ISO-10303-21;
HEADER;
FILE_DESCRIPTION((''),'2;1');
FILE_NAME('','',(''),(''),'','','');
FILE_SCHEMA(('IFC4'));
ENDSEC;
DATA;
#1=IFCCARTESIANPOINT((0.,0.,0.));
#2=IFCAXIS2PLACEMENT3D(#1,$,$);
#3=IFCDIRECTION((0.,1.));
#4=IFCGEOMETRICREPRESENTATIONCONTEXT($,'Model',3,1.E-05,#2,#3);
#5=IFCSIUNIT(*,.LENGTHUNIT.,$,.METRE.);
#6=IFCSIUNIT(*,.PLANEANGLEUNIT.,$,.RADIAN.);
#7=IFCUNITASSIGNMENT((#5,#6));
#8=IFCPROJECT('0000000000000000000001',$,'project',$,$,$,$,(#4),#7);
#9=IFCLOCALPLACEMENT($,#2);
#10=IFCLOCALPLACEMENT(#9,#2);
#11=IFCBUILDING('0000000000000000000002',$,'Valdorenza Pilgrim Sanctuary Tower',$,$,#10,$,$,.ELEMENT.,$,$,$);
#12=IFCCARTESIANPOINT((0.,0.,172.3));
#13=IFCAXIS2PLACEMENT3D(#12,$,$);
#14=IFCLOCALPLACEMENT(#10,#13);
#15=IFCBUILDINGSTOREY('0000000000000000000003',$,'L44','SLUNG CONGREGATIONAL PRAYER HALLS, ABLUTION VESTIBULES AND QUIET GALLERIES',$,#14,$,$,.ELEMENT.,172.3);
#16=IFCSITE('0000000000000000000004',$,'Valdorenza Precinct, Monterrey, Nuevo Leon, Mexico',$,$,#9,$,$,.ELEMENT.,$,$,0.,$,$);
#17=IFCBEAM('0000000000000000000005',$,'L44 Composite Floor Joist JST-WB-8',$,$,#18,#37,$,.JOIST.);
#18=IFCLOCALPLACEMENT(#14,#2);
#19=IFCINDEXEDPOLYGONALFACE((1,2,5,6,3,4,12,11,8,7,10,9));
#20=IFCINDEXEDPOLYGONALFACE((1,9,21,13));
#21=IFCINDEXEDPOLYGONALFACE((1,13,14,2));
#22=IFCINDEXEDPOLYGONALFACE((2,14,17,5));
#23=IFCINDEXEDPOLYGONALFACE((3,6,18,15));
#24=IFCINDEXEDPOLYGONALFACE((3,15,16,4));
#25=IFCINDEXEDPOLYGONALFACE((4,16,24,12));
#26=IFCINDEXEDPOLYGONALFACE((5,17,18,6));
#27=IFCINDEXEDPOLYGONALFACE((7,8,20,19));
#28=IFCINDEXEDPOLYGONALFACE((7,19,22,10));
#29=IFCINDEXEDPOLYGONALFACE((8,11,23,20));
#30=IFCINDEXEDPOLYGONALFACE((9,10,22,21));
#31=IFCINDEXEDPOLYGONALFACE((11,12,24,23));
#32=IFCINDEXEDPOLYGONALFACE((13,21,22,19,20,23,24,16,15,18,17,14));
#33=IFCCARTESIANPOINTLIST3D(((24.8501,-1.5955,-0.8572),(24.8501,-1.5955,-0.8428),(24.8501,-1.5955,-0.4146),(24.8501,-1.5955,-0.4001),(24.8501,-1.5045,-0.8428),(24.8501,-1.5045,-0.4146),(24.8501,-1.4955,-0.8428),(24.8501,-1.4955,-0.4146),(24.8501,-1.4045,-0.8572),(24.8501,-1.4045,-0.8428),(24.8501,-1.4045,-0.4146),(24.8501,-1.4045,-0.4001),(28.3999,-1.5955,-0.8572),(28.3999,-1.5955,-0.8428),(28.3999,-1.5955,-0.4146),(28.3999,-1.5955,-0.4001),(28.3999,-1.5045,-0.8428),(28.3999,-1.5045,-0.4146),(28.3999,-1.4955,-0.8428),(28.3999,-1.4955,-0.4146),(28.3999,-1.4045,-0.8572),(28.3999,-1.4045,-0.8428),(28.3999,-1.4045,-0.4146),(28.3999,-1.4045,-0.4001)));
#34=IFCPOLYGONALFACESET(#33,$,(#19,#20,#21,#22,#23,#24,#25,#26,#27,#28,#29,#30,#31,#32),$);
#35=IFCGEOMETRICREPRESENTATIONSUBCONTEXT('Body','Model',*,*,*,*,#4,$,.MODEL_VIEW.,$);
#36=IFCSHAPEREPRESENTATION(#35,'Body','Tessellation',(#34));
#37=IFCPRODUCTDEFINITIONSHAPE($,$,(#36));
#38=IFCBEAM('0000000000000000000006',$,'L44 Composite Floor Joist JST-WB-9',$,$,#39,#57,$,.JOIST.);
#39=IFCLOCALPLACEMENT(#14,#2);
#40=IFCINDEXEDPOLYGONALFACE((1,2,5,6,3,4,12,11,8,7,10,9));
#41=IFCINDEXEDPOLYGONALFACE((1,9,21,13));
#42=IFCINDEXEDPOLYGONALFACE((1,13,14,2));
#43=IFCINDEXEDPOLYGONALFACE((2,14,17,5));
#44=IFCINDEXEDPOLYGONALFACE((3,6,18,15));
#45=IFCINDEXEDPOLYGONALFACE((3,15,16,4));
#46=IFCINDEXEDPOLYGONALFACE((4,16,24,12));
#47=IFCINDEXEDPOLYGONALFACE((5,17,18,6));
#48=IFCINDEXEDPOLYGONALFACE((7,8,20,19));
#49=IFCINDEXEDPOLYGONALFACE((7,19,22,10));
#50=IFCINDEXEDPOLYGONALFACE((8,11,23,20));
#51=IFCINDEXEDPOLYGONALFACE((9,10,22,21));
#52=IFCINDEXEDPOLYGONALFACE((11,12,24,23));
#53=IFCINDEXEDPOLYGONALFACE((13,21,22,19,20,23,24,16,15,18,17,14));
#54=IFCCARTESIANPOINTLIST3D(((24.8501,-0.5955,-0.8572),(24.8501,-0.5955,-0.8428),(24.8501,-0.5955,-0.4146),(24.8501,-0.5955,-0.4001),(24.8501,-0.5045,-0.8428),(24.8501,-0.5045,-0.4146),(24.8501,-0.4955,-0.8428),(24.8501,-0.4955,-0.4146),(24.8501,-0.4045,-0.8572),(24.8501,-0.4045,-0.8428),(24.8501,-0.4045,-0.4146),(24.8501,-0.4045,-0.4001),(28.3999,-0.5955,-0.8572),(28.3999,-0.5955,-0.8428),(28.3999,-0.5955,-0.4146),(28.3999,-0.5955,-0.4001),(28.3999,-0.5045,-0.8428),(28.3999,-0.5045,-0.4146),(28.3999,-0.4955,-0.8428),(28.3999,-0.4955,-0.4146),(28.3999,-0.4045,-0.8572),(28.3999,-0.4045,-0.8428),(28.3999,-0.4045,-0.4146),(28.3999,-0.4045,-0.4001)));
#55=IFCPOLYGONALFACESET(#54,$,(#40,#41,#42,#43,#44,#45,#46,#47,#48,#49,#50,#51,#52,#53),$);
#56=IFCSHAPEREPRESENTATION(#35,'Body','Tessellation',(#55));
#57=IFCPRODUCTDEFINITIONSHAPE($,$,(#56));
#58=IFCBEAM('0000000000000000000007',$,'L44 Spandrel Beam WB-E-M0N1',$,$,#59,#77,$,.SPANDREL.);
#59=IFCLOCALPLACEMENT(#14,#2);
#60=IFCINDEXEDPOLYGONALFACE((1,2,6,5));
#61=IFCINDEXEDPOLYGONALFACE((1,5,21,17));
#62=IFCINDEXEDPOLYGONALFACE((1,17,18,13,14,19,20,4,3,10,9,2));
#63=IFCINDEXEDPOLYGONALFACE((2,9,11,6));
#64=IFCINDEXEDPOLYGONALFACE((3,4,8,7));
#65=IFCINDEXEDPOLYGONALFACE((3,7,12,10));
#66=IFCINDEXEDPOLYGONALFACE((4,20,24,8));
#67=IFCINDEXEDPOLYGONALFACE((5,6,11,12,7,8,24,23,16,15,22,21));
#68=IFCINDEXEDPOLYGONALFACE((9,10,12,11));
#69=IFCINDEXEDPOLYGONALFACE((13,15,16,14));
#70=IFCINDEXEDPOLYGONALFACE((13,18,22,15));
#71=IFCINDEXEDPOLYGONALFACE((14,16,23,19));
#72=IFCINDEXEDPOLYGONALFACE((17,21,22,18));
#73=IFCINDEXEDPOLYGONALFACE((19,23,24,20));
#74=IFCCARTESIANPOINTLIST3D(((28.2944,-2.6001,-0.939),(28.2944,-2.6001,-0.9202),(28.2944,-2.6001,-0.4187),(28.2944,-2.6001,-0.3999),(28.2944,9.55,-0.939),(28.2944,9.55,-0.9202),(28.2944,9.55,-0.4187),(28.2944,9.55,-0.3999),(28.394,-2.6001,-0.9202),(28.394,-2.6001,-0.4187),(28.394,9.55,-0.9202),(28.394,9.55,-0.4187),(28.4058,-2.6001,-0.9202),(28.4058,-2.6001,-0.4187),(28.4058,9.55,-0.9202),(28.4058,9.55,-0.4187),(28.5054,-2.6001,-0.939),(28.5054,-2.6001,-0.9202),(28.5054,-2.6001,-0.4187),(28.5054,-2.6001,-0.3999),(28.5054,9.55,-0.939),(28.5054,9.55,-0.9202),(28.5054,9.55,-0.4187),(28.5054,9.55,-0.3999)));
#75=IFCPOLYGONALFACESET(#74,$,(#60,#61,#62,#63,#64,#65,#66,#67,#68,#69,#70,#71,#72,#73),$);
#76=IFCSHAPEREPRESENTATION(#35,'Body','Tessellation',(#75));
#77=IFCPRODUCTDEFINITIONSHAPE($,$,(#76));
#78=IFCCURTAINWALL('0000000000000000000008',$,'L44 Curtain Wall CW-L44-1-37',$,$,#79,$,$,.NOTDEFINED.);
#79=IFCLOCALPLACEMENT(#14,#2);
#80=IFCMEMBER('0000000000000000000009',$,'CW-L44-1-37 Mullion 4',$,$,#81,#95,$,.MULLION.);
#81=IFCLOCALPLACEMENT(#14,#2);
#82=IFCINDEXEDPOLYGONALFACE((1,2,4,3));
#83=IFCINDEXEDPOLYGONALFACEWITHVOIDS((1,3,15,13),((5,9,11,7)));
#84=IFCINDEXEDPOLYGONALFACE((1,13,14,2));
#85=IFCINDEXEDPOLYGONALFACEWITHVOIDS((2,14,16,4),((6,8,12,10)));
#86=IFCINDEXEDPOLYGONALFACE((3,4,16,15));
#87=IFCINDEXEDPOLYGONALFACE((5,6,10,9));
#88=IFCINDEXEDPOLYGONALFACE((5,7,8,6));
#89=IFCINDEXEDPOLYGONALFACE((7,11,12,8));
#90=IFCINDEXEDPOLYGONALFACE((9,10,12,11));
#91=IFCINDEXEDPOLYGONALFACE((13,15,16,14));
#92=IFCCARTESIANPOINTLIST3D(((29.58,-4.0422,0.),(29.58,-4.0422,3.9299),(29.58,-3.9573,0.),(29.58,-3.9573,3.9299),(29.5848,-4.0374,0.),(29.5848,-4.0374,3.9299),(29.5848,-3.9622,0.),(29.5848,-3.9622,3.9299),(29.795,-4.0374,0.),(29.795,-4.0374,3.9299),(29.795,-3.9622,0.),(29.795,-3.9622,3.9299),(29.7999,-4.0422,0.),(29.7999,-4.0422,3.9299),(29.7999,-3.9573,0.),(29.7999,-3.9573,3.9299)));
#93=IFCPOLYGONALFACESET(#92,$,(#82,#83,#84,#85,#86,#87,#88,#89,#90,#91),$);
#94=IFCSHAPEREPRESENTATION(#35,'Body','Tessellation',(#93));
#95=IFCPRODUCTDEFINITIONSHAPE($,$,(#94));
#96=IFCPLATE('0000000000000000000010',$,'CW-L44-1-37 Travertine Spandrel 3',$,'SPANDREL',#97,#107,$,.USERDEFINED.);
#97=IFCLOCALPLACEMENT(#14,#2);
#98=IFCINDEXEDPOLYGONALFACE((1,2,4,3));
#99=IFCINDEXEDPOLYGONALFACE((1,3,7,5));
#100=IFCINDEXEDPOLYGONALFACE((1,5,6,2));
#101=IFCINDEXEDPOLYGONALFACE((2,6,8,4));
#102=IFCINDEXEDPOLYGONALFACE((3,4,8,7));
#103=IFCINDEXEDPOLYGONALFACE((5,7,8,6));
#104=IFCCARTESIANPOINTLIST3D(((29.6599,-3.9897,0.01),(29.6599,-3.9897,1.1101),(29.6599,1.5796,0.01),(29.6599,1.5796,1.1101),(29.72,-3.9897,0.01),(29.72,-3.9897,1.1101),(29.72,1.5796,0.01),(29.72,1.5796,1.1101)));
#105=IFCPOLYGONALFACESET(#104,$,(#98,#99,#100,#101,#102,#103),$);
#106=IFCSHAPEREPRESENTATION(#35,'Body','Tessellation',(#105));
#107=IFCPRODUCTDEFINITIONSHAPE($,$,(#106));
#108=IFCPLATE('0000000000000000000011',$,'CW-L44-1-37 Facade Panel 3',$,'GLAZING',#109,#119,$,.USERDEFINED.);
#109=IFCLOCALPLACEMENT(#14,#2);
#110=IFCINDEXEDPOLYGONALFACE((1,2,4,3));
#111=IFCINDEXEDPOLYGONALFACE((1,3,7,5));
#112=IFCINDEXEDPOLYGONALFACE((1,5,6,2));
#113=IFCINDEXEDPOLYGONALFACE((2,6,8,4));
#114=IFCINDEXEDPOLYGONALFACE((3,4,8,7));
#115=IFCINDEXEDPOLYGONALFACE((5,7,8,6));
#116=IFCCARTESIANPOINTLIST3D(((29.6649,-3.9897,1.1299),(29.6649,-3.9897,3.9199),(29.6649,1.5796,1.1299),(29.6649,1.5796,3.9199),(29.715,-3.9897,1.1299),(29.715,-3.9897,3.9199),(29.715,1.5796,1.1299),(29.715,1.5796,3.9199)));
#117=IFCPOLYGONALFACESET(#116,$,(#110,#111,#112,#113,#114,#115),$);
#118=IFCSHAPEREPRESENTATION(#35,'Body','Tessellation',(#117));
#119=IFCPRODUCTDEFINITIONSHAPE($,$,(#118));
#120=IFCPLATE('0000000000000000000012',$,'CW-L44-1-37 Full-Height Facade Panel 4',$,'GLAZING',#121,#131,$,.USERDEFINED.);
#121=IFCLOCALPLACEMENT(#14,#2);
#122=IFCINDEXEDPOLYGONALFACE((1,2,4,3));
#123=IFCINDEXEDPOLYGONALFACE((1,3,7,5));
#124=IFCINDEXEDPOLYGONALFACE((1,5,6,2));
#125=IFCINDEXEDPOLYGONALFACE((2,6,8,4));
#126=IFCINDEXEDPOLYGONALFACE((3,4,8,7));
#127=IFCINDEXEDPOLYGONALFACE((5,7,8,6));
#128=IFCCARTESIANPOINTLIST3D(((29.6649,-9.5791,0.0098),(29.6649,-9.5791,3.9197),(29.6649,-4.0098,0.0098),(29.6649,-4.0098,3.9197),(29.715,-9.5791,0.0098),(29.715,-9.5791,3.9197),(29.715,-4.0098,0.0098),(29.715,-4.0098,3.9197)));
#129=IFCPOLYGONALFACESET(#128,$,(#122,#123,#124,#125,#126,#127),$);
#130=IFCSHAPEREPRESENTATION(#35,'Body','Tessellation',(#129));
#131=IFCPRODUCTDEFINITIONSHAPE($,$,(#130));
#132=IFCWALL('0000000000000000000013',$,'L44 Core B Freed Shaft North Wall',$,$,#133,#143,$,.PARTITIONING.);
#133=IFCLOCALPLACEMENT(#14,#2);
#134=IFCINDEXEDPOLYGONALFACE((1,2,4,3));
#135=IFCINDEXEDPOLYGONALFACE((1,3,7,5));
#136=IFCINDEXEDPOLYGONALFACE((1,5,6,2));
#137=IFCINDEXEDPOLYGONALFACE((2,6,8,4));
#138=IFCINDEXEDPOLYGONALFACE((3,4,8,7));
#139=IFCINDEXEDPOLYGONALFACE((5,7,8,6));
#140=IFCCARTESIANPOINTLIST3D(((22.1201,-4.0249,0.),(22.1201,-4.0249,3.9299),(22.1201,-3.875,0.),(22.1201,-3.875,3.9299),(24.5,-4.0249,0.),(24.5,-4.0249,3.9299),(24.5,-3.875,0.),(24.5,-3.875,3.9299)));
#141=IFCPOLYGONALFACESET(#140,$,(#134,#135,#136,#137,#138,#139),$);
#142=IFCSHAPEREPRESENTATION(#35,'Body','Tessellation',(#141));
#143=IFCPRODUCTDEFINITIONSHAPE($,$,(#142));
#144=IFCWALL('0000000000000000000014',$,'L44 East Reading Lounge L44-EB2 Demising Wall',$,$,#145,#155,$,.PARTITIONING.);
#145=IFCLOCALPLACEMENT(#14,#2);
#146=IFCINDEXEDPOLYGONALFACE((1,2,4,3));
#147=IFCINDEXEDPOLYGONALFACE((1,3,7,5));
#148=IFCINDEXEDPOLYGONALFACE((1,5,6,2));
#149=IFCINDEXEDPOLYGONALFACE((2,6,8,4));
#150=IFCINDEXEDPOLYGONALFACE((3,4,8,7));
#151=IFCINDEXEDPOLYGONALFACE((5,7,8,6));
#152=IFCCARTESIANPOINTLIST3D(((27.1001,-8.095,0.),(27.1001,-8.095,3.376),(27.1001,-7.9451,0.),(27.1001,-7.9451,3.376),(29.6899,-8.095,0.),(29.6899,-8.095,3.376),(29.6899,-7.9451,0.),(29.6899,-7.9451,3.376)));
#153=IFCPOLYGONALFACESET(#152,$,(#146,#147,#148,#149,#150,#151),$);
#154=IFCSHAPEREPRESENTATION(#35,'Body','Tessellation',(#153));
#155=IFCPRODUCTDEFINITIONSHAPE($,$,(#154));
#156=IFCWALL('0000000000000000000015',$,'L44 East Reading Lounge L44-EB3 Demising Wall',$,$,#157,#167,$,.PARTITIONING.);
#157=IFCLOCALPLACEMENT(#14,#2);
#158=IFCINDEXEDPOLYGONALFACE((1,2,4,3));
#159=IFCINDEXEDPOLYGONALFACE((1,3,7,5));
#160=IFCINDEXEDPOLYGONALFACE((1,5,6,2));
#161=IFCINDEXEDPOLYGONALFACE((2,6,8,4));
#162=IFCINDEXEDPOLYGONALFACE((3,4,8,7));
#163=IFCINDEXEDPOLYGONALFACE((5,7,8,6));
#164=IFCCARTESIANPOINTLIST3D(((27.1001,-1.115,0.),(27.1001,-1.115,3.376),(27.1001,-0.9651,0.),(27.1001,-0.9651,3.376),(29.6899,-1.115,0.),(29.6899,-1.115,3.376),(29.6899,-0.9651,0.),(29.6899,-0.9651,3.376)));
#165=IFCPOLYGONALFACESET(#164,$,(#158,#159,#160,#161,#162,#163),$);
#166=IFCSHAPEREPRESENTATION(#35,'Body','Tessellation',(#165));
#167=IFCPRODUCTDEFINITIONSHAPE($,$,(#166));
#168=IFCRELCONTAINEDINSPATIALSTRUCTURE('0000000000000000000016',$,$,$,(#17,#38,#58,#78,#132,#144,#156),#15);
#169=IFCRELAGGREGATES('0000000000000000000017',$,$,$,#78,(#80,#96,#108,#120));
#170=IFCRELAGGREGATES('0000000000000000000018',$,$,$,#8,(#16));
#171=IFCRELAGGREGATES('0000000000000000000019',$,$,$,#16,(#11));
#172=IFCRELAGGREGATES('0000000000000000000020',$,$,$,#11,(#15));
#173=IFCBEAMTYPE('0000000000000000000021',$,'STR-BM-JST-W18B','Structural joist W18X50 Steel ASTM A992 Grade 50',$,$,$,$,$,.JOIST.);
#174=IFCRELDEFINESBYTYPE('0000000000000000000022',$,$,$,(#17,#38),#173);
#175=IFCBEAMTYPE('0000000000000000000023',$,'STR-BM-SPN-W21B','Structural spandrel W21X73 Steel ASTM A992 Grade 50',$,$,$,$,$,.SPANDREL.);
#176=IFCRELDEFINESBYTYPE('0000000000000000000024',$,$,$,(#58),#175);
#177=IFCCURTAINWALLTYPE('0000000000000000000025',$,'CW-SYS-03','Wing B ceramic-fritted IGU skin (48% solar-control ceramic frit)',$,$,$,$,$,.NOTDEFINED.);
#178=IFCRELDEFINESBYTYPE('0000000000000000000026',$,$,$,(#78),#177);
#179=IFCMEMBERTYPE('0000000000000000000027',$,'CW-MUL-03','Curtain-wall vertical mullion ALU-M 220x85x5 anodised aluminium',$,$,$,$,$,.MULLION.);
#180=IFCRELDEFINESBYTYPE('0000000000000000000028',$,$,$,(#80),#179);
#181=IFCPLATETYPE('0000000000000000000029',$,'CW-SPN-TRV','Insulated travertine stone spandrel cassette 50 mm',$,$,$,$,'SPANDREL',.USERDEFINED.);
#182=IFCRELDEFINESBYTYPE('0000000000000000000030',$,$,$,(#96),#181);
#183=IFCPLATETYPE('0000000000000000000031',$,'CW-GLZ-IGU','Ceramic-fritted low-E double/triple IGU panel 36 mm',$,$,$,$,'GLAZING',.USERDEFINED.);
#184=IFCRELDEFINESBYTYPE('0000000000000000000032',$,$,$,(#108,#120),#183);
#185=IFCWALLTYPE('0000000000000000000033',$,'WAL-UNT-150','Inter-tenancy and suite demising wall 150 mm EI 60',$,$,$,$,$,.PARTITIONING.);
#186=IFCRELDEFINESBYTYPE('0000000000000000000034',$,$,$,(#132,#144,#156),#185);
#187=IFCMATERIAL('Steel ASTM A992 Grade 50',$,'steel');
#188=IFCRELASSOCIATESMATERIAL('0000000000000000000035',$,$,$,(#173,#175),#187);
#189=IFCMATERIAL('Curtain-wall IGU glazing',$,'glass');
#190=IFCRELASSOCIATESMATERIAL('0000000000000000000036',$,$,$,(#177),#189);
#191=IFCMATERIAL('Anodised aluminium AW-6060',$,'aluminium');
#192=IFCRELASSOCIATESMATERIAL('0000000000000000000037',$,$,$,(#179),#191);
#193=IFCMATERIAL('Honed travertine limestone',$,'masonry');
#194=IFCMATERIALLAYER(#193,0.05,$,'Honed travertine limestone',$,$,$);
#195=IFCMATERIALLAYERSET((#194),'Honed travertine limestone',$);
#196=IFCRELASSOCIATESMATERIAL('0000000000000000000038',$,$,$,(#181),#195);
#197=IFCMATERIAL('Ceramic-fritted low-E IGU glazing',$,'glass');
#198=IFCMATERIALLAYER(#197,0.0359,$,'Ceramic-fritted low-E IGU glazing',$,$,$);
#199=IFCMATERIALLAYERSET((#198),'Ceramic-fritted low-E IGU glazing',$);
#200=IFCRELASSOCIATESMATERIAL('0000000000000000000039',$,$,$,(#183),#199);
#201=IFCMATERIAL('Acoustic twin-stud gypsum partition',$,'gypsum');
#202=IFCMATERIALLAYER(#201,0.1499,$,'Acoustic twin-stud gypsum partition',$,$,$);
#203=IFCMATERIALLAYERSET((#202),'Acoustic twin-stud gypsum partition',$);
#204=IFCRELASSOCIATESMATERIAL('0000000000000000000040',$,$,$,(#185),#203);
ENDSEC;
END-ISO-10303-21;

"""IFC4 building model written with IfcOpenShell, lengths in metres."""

from ifc_helpers import new_model, si_unit, direction, frame, frame_2d, origin, origin_2d, place, context, subcontext, project, spatial, rectangle, hollow_rectangle, i_section, extrude, source, transform, mapped, material, layer, layer_set, material_profile, profile_set, type_object, element, aggregate, save


model = new_model("IFC4")

# Units and contexts
model_context = context("Model", 3, precision=1e-05, world=origin(), true_north=direction((0.0, 1.0)))
body_context = subcontext(model_context, "Body", "Model", "MODEL_VIEW")
ifc_project = project(units=[si_unit("LENGTHUNIT", "METRE"), si_unit("PLANEANGLEUNIT", "RADIAN")], contexts=[model_context])

# Site, building, storey
site_placement = place(None, origin())
site = spatial("IfcSite", under=ifc_project, at=site_placement, Name="Valdorenza Precinct, Monterrey, Nuevo Leon, Mexico", CompositionType="ELEMENT", RefElevation=0.0)
building_placement = place(site_placement, origin())
building = spatial("IfcBuilding", under=site, at=building_placement, Name="Valdorenza Pilgrim Sanctuary Tower", CompositionType="ELEMENT")
storey_placement = place(building_placement, frame((0.0, 0.0, 172.3)))
storey = spatial("IfcBuildingStorey", under=building, at=storey_placement, Name="L44", Description="SLUNG CONGREGATIONAL PRAYER HALLS, ABLUTION VESTIBULES AND QUIET GALLERIES", CompositionType="ELEMENT", Elevation=172.3)

# Shared definitions
ifc_material_1 = material(Name="Steel ASTM A992 Grade 50", Category="steel")

# Beams
ifc_material_profile_1 = material_profile(ifc_material_1, i_section(OverallWidth=0.1909, OverallDepth=0.457, WebThickness=0.009, FlangeThickness=0.0144, at=origin_2d()), Name="W18X50")
ifc_profile_set_1 = profile_set([ifc_material_profile_1], Name="Steel ASTM A992 Grade 50")
beam_type_1 = type_object("IfcBeamType", Name="STR-BM-JST-W18B", Description="Structural joist W18X50 Steel ASTM A992 Grade 50", PredefinedType="JOIST", material=ifc_profile_set_1)
shared_shape_1 = source(origin(), body_context, "Body", "SweptSolid", [
    extrude(i_section(OverallWidth=0.1909, OverallDepth=0.457, WebThickness=0.009, FlangeThickness=0.0144, at=origin_2d()), origin(), (0.0, 0.0, 1.0), 3.5498),
])
for number, where, z_axis, x_axis, name in (
    (1, (24.8501, -1.5, -0.6287), (1.0, 0.0, 0.0), (0.0, 1.0, 0.0), "L44 Composite Floor Joist JST-WB-8"),
    (2, (24.8501, -0.5, -0.6287), (1.0, 0.0, 0.0), (0.0, 1.0, 0.0), "L44 Composite Floor Joist JST-WB-9"),
):
    element("IfcBeam", number, at=place(storey_placement, frame(where, z_axis=z_axis, x_axis=x_axis)), inside=storey, type_object=beam_type_1, Name=name, PredefinedType="JOIST", context=body_context, shape_type="MappedRepresentation", body=[
        mapped(shared_shape_1, transform((0.0, 0.0, 0.0), x_axis=(1.0, 0.0, 0.0), y_axis=(0.0, 1.0, 0.0), z_axis=(0.0, 0.0, 1.0), scale=1.0)),
    ])
ifc_material_profile_2 = material_profile(ifc_material_1, i_section(OverallWidth=0.2109, OverallDepth=0.5391, WebThickness=0.0117, FlangeThickness=0.0188, at=origin_2d()), Name="W21X73")
ifc_profile_set_2 = profile_set([ifc_material_profile_2], Name="Steel ASTM A992 Grade 50")
beam_type_2 = type_object("IfcBeamType", Name="STR-BM-SPN-W21B", Description="Structural spandrel W21X73 Steel ASTM A992 Grade 50", PredefinedType="SPANDREL", material=ifc_profile_set_2)
shared_shape_2 = source(origin(), body_context, "Body", "SweptSolid", [
    extrude(i_section(OverallWidth=0.2109, OverallDepth=0.5391, WebThickness=0.0117, FlangeThickness=0.0188, at=origin_2d()), origin(), (0.0, 0.0, 1.0), 12.1501),
])
beam_1_placement = place(storey_placement, frame((28.3999, -2.6001, -0.6694), z_axis=(0.0, 1.0, 0.0), x_axis=(-1.0, 0.0, 0.0)))
element("IfcBeam", 3, at=beam_1_placement, inside=storey, type_object=beam_type_2, Name="L44 Spandrel Beam WB-E-M0N1", PredefinedType="SPANDREL", context=body_context, shape_type="MappedRepresentation", body=[
    mapped(shared_shape_2, transform((0.0, 0.0, 0.0), x_axis=(1.0, 0.0, 0.0), y_axis=(0.0, 1.0, 0.0), z_axis=(0.0, 0.0, 1.0), scale=1.0)),
])

# Curtain wall, member, plates
ifc_material_2 = material(Name="Curtain-wall IGU glazing", Category="glass")
curtain_wall_type = type_object("IfcCurtainWallType", Name="CW-SYS-03", Description="Wing B ceramic-fritted IGU skin (48% solar-control ceramic frit)", PredefinedType="NOTDEFINED", material=ifc_material_2)
curtain_wall_placement = place(storey_placement, origin())
curtain_wall = element("IfcCurtainWall", 4, at=curtain_wall_placement, inside=storey, type_object=curtain_wall_type, Name="L44 Curtain Wall CW-L44-1-37", PredefinedType="NOTDEFINED")
ifc_material_3 = material(Name="Anodised aluminium AW-6060", Category="aluminium")
ifc_material_profile_3 = material_profile(ifc_material_3, hollow_rectangle(XDim=0.085, YDim=0.22, WallThickness=0.0049, at=origin_2d()), Name="ALU-M 220x85x5")
ifc_profile_set_3 = profile_set([ifc_material_profile_3], Name="Anodised aluminium AW-6060")
member_type = type_object("IfcMemberType", Name="CW-MUL-03", Description="Curtain-wall vertical mullion ALU-M 220x85x5 anodised aluminium", PredefinedType="MULLION", material=ifc_profile_set_3)
shared_shape_3 = source(origin(), body_context, "Body", "SweptSolid", [
    extrude(hollow_rectangle(XDim=0.085, YDim=0.22, WallThickness=0.0049, at=origin_2d()), origin(), (0.0, 0.0, 1.0), 3.9299),
])
member_placement = place(storey_placement, frame((29.6899, -3.9998, 0.0), z_axis=(0.0, 0.0, 1.0), x_axis=(0.0, -1.0, 0.0)))
member = element("IfcMember", 5, at=member_placement, type_object=member_type, Name="CW-L44-1-37 Mullion 4", PredefinedType="MULLION", context=body_context, shape_type="MappedRepresentation", body=[
    mapped(shared_shape_3, transform((0.0, 0.0, 0.0), x_axis=(1.0, 0.0, 0.0), y_axis=(0.0, 1.0, 0.0), z_axis=(0.0, 0.0, 1.0), scale=1.0)),
])
ifc_material_4 = material(Name="Honed travertine limestone", Category="masonry")
ifc_layer_1 = layer(ifc_material_4, 0.05, Name="Honed travertine limestone")
ifc_layer_set_1 = layer_set([ifc_layer_1], Name="Honed travertine limestone")
plate_type_1 = type_object("IfcPlateType", Name="CW-SPN-TRV", Description="Insulated travertine stone spandrel cassette 50 mm", ElementType="SPANDREL", PredefinedType="USERDEFINED", material=ifc_layer_set_1)
shared_shape_4 = source(origin(), body_context, "Body", "SweptSolid", [
    extrude(rectangle(XDim=5.5693, YDim=0.0601, at=origin_2d()), origin(), (0.0, 0.0, 1.0), 1.1001),
])
plate_1_placement = place(storey_placement, frame((29.6899, -1.2051, 0.01), z_axis=(0.0, 0.0, 1.0), x_axis=(0.0, -1.0, 0.0)))
plate_1 = element("IfcPlate", 6, at=plate_1_placement, type_object=plate_type_1, Name="CW-L44-1-37 Travertine Spandrel 3", ObjectType="SPANDREL", PredefinedType="USERDEFINED", context=body_context, shape_type="MappedRepresentation", body=[
    mapped(shared_shape_4, transform((0.0, 0.0, 0.0), x_axis=(1.0, 0.0, 0.0), y_axis=(0.0, 1.0, 0.0), z_axis=(0.0, 0.0, 1.0), scale=1.0)),
])
ifc_material_5 = material(Name="Ceramic-fritted low-E IGU glazing", Category="glass")
ifc_layer_2 = layer(ifc_material_5, 0.0359, Name="Ceramic-fritted low-E IGU glazing")
ifc_layer_set_2 = layer_set([ifc_layer_2], Name="Ceramic-fritted low-E IGU glazing")
plate_type_2 = type_object("IfcPlateType", Name="CW-GLZ-IGU", Description="Ceramic-fritted low-E double/triple IGU panel 36 mm", ElementType="GLAZING", PredefinedType="USERDEFINED", material=ifc_layer_set_2)
shared_shape_5 = source(origin(), body_context, "Body", "SweptSolid", [
    extrude(rectangle(XDim=5.5693, YDim=0.05, at=origin_2d()), origin(), (0.0, 0.0, 1.0), 2.79),
])
plate_2_placement = place(storey_placement, frame((29.6899, -1.2051, 1.1299), z_axis=(0.0, 0.0, 1.0), x_axis=(0.0, -1.0, 0.0)))
plate_2 = element("IfcPlate", 7, at=plate_2_placement, type_object=plate_type_2, Name="CW-L44-1-37 Facade Panel 3", ObjectType="GLAZING", PredefinedType="USERDEFINED", context=body_context, shape_type="MappedRepresentation", body=[
    mapped(shared_shape_5, transform((0.0, 0.0, 0.0), x_axis=(1.0, 0.0, 0.0), y_axis=(0.0, 1.0, 0.0), z_axis=(0.0, 0.0, 1.0), scale=1.0)),
])
shared_shape_6 = source(origin(), body_context, "Body", "SweptSolid", [
    extrude(rectangle(XDim=5.5693, YDim=0.05, at=origin_2d()), origin(), (0.0, 0.0, 1.0), 3.9099),
])
plate_3_placement = place(storey_placement, frame((29.6899, -6.7944, 0.0098), z_axis=(0.0, 0.0, 1.0), x_axis=(0.0, -1.0, 0.0)))
plate_3 = element("IfcPlate", 8, at=plate_3_placement, type_object=plate_type_2, Name="CW-L44-1-37 Full-Height Facade Panel 4", ObjectType="GLAZING", PredefinedType="USERDEFINED", context=body_context, shape_type="MappedRepresentation", body=[
    mapped(shared_shape_6, transform((0.0, 0.0, 0.0), x_axis=(1.0, 0.0, 0.0), y_axis=(0.0, 1.0, 0.0), z_axis=(0.0, 0.0, 1.0), scale=1.0)),
])
aggregate(curtain_wall, [member, plate_1, plate_2, plate_3])

# Walls
ifc_material_6 = material(Name="Acoustic twin-stud gypsum partition", Category="gypsum")
ifc_layer_3 = layer(ifc_material_6, 0.1499, Name="Acoustic twin-stud gypsum partition")
ifc_layer_set_3 = layer_set([ifc_layer_3], Name="Acoustic twin-stud gypsum partition")
wall_type = type_object("IfcWallType", Name="WAL-UNT-150", Description="Inter-tenancy and suite demising wall 150 mm EI 60", PredefinedType="PARTITIONING", material=ifc_layer_set_3)
wall_placement = place(storey_placement, frame((22.1201, -3.95, 0.0), z_axis=(0.0, 0.0, 1.0), x_axis=(1.0, 0.0, 0.0)))
element("IfcWall", 9, at=wall_placement, inside=storey, type_object=wall_type, Name="L44 Core B Freed Shaft North Wall", PredefinedType="PARTITIONING", context=body_context, shape_type="SweptSolid", body=[
    extrude(rectangle(XDim=2.3799, YDim=0.1499, at=frame_2d((1.1899, 0.0))), origin(), (0.0, 0.0, 1.0), 3.9299),
])
for number, where, z_axis, x_axis, name in (
    (10, (27.1001, -8.02, 0.0), (0.0, 0.0, 1.0), (1.0, 0.0, 0.0), "L44 East Reading Lounge L44-EB2 Demising Wall"),
    (11, (27.1001, -1.04, 0.0), (0.0, 0.0, 1.0), (1.0, 0.0, 0.0), "L44 East Reading Lounge L44-EB3 Demising Wall"),
):
    element("IfcWall", number, at=place(storey_placement, frame(where, z_axis=z_axis, x_axis=x_axis)), inside=storey, type_object=wall_type, Name=name, PredefinedType="PARTITIONING", context=body_context, shape_type="SweptSolid", body=[
        extrude(rectangle(XDim=2.5898, YDim=0.1499, at=frame_2d((1.2949, 0.0))), origin(), (0.0, 0.0, 1.0), 3.376),
    ])

save(model, "model.ifc")
